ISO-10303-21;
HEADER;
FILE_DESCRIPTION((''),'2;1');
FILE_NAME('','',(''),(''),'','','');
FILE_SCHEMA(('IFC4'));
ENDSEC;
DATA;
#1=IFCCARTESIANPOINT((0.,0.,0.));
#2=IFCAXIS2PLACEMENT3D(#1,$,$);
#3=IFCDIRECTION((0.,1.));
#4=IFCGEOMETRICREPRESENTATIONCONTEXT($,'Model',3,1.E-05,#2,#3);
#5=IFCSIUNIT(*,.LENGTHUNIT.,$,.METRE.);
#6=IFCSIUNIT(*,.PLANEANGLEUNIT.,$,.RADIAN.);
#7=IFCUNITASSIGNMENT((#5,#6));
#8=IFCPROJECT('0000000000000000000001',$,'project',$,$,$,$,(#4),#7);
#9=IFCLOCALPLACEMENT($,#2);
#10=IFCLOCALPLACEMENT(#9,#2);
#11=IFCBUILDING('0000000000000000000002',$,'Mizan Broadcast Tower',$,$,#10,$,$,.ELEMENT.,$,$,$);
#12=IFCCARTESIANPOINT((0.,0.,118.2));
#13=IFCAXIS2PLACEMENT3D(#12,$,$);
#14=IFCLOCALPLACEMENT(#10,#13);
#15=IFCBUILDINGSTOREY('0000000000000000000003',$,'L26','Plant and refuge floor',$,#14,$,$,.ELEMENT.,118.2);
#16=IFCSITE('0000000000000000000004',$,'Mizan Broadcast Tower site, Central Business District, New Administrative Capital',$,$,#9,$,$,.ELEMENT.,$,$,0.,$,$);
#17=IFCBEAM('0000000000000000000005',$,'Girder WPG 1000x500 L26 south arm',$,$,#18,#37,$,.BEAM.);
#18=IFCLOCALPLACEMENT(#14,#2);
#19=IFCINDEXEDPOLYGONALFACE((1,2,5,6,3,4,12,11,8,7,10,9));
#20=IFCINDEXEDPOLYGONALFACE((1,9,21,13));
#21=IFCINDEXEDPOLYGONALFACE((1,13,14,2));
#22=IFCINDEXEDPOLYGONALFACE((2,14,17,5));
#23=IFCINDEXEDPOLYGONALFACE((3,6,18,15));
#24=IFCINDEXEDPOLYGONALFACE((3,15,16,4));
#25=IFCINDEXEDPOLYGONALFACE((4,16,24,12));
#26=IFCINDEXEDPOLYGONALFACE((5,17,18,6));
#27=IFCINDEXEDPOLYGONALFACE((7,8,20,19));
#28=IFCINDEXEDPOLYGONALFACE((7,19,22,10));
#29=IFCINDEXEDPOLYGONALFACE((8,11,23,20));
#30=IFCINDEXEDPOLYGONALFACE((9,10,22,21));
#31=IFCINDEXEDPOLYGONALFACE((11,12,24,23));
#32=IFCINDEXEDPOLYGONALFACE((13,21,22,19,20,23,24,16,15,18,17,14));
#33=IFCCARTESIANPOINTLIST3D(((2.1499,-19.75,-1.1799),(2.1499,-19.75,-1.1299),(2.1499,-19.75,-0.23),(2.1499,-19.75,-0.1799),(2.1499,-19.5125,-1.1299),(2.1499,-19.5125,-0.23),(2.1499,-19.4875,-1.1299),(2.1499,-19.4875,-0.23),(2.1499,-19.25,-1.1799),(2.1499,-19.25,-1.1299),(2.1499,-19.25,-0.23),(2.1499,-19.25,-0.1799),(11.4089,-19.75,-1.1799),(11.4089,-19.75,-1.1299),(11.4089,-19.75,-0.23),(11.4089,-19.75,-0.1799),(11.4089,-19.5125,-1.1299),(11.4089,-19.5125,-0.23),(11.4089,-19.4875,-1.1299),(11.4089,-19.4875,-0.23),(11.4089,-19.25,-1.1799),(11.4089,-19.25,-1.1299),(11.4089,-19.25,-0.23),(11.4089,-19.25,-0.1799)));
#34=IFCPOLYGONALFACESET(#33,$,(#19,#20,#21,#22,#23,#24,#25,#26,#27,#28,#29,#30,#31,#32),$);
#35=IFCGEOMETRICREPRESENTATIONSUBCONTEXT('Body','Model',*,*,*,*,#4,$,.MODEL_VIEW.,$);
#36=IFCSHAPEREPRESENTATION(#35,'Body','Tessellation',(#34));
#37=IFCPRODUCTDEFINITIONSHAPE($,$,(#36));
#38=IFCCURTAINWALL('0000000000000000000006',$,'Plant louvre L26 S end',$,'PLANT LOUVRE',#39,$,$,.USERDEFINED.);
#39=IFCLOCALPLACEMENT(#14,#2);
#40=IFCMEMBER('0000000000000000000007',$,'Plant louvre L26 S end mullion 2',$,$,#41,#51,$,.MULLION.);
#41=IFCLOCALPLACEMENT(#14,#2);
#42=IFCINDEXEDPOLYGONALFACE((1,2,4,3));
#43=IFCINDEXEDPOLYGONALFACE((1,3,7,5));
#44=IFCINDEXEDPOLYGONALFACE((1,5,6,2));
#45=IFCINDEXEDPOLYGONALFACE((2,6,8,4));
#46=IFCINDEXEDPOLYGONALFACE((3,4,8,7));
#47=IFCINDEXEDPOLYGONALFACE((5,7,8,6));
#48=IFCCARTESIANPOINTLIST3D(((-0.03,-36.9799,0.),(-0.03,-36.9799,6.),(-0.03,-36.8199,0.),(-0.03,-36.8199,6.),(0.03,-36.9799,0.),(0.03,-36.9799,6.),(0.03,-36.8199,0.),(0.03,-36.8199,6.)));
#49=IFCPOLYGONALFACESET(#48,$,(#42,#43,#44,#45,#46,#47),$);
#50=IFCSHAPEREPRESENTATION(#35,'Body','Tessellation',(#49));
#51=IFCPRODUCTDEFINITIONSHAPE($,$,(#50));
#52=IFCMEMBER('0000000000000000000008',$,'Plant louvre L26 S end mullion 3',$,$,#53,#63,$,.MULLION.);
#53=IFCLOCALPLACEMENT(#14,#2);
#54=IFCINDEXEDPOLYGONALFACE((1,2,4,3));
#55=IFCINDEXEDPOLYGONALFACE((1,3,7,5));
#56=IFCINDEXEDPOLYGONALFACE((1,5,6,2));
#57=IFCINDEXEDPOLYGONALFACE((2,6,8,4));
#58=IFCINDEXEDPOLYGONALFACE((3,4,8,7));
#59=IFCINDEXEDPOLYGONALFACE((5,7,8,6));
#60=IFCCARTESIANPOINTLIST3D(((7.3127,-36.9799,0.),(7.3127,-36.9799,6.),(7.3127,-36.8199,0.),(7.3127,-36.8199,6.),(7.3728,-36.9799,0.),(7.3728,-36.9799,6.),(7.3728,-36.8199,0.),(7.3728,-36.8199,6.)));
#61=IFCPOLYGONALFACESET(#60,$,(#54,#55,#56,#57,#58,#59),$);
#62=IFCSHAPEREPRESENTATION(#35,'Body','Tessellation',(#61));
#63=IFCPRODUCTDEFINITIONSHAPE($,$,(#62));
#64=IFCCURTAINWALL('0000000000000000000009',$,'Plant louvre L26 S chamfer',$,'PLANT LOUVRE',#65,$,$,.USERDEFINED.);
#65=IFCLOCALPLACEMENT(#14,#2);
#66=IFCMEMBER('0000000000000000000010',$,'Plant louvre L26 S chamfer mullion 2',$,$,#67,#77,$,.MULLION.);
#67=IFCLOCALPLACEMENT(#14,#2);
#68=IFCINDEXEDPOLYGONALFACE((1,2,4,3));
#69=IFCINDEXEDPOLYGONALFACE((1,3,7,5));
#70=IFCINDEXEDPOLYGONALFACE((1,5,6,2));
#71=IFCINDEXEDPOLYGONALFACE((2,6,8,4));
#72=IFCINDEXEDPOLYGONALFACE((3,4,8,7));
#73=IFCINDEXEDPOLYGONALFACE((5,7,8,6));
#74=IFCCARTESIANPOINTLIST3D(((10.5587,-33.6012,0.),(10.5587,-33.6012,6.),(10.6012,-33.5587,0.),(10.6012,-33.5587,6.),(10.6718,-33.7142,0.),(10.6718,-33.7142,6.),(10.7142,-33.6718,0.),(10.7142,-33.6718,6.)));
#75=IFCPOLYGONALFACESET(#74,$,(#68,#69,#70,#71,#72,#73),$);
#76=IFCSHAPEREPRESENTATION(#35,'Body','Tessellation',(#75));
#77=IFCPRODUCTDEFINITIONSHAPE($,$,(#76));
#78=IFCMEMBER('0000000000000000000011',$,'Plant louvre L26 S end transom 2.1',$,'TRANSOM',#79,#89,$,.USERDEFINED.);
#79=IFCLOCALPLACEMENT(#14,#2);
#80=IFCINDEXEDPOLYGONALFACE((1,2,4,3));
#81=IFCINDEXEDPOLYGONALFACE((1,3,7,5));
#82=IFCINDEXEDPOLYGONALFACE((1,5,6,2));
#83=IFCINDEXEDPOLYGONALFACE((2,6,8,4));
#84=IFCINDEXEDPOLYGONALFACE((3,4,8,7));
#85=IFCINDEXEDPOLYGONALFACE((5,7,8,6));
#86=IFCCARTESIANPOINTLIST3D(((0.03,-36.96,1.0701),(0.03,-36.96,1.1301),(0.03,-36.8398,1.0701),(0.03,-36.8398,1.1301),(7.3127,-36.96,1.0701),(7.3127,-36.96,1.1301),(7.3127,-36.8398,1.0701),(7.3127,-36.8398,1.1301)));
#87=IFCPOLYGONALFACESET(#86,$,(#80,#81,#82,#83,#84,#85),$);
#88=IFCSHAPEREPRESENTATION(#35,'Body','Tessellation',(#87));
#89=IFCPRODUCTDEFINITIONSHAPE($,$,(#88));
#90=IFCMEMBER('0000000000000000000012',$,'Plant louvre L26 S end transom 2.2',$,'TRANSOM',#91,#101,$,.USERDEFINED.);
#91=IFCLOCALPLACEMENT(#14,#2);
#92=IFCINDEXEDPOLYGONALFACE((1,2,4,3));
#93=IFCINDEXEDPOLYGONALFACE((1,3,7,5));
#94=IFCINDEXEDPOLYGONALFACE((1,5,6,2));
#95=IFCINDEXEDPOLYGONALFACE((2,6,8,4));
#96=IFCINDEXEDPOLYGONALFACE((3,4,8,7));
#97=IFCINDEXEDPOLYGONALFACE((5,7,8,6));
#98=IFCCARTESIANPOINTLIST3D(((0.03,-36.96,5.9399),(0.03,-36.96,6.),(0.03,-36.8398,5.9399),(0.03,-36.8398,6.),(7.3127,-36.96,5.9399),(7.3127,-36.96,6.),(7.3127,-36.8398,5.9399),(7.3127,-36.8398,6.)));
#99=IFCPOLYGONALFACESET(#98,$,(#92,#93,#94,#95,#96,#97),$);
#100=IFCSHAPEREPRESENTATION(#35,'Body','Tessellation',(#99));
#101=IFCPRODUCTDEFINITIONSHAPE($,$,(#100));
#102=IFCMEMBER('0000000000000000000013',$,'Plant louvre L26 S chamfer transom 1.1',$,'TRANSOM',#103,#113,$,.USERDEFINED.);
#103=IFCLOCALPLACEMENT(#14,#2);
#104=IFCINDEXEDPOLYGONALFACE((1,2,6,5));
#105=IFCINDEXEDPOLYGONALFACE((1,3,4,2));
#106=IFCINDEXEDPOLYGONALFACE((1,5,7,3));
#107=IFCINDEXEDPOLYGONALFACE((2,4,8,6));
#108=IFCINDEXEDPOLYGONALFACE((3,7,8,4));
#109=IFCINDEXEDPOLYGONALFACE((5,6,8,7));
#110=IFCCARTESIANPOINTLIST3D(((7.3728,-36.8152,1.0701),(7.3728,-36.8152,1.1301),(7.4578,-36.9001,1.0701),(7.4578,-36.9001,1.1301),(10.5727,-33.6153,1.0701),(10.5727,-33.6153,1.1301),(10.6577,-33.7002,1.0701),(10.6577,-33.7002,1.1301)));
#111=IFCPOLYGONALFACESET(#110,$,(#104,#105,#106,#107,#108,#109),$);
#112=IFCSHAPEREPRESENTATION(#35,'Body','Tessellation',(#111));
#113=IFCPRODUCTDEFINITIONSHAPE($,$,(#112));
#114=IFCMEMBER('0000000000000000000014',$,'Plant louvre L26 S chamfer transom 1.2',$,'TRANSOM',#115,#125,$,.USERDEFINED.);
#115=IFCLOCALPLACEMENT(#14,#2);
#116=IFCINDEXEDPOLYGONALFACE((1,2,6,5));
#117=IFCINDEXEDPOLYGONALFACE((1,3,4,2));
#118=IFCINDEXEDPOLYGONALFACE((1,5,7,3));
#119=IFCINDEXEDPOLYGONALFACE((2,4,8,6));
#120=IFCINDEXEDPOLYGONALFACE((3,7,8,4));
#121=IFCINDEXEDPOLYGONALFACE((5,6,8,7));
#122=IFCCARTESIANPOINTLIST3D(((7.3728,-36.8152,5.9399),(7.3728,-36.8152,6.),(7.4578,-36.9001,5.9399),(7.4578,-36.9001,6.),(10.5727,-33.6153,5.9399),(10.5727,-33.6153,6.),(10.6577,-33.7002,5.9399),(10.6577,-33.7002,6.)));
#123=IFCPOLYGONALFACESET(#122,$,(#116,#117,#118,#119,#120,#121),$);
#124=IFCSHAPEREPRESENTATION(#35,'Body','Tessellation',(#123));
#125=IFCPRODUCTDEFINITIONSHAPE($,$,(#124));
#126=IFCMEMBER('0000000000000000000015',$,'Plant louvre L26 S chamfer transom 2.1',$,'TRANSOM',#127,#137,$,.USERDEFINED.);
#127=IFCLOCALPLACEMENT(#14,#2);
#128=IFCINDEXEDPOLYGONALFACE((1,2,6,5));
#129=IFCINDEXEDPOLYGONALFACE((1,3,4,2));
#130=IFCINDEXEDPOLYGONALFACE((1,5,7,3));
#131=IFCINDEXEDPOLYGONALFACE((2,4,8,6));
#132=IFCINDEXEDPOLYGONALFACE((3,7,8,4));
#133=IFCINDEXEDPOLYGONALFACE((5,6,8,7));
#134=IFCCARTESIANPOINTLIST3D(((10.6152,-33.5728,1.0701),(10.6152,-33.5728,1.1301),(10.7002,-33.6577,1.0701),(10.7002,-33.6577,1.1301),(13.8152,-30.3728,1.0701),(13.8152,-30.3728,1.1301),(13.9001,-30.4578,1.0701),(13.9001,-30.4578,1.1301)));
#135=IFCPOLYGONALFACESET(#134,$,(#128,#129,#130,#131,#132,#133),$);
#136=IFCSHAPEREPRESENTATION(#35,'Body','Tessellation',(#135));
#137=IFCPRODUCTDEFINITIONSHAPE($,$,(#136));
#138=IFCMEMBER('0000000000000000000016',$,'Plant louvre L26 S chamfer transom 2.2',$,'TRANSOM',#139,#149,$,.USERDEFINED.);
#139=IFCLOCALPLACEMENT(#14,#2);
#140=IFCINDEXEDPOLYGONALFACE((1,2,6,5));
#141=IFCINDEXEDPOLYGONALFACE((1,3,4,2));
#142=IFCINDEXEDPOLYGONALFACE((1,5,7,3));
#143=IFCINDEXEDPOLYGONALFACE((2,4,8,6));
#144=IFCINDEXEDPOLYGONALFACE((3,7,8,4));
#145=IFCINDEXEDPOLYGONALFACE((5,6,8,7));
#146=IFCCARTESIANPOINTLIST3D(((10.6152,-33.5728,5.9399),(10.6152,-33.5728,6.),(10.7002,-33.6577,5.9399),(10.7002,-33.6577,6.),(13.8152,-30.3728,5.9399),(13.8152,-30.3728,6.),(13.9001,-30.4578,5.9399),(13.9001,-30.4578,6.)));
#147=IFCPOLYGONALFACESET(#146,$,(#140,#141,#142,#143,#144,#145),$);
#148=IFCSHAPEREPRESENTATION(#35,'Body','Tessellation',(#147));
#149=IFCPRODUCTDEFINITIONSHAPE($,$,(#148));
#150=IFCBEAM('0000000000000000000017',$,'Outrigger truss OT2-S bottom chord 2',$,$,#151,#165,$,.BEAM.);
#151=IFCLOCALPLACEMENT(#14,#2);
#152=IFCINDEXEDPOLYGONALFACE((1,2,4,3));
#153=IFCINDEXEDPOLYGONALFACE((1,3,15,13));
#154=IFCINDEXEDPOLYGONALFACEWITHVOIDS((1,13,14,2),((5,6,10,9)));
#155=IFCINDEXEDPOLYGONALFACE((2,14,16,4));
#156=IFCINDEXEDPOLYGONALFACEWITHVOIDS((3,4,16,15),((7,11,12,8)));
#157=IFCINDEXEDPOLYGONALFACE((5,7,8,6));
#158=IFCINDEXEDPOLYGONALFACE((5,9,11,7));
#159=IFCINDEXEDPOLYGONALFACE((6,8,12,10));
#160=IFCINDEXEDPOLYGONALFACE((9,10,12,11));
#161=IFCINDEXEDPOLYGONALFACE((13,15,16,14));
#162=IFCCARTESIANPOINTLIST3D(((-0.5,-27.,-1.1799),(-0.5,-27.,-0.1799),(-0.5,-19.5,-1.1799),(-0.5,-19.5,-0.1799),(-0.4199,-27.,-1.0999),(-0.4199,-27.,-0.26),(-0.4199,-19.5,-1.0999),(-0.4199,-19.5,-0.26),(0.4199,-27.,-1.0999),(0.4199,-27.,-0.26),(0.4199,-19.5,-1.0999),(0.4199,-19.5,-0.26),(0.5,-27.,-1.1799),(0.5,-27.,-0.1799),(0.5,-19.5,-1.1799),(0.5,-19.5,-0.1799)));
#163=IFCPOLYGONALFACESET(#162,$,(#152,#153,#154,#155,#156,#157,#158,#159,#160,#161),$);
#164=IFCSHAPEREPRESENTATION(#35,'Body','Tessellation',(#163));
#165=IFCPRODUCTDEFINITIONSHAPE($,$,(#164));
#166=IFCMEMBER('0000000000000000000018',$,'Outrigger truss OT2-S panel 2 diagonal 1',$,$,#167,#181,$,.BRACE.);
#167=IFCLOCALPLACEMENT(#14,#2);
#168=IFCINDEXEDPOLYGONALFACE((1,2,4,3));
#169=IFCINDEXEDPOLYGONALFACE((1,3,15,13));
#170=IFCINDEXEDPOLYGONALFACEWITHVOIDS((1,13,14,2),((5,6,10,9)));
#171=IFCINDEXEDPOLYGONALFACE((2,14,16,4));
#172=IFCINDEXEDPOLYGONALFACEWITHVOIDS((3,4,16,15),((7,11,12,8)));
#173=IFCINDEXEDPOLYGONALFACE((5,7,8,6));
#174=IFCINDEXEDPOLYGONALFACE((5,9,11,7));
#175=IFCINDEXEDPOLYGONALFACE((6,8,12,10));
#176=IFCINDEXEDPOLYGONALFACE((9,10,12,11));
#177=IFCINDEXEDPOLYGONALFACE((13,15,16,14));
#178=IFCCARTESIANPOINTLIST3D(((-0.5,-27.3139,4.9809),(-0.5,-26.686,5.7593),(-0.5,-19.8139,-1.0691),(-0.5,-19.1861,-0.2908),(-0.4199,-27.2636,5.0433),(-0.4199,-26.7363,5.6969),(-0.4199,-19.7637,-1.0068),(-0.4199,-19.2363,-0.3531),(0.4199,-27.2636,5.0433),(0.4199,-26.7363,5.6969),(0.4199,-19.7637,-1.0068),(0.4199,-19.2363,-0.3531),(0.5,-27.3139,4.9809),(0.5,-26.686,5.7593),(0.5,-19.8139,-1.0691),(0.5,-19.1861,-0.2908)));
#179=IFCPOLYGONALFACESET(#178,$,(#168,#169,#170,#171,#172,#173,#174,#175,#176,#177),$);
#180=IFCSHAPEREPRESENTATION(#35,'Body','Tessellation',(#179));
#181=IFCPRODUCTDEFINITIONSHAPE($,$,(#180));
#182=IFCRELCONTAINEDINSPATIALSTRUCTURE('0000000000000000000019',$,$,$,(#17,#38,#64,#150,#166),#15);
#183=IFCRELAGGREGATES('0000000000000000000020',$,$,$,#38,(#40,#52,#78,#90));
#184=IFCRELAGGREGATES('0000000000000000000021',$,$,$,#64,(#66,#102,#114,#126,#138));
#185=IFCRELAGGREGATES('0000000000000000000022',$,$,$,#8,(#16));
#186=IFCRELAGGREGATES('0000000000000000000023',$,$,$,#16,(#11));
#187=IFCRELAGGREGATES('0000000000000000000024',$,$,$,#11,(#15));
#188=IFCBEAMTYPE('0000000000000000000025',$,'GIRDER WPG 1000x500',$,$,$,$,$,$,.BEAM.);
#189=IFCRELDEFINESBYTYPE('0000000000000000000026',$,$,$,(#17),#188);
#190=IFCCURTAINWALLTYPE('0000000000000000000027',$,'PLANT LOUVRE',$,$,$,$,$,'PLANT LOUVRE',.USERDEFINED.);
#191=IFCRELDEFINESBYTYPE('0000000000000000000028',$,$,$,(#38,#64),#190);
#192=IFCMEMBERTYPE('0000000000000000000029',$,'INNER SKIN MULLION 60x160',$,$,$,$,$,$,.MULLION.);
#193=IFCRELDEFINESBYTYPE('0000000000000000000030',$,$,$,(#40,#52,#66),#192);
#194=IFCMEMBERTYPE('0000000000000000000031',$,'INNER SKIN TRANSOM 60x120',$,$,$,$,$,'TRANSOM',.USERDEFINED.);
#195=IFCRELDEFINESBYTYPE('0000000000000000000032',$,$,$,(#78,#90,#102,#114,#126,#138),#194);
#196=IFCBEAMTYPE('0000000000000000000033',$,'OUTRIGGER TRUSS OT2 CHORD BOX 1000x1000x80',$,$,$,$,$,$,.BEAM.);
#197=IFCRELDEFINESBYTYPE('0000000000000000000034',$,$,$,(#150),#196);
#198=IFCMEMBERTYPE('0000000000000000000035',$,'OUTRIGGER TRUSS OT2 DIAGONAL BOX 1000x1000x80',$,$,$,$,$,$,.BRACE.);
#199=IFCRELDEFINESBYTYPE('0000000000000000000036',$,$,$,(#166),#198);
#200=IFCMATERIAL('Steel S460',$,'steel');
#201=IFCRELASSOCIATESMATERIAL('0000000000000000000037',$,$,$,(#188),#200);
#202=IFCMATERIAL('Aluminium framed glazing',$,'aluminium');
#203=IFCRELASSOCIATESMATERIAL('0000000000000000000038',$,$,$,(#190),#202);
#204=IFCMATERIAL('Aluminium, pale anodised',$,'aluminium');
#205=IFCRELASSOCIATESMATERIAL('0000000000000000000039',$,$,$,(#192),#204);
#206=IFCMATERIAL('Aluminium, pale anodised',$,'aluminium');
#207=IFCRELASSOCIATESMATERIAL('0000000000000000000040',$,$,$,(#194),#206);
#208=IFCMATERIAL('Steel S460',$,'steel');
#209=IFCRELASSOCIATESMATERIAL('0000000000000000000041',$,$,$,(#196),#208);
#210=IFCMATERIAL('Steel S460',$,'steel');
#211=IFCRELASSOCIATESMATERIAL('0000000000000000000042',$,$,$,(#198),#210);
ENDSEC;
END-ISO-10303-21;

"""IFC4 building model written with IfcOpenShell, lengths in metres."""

from ifc_helpers import new_model, si_unit, direction, frame, origin, origin_2d, place, context, subcontext, project, spatial, rectangle, hollow_rectangle, i_section, extrude, material, material_profile, profile_set, type_object, element, aggregate, save


model = new_model("IFC4")

# Units and contexts
model_context = context("Model", 3, precision=1e-05, world=origin(), true_north=direction((0.0, 1.0)))
body_context = subcontext(model_context, "Body", "Model", "MODEL_VIEW")
ifc_project = project(units=[si_unit("LENGTHUNIT", "METRE"), si_unit("PLANEANGLEUNIT", "RADIAN")], contexts=[model_context])

# Site, building, storey
site_placement = place(None, origin())
site = spatial("IfcSite", under=ifc_project, at=site_placement, Name="Mizan Broadcast Tower site, Central Business District, New Administrative Capital", CompositionType="ELEMENT", RefElevation=0.0)
building_placement = place(site_placement, origin())
building = spatial("IfcBuilding", under=site, at=building_placement, Name="Mizan Broadcast Tower", CompositionType="ELEMENT")
storey_placement = place(building_placement, frame((0.0, 0.0, 118.2)))
storey = spatial("IfcBuildingStorey", under=building, at=storey_placement, Name="L26", Description="Plant and refuge floor", CompositionType="ELEMENT", Elevation=118.2)

# Beam
ifc_material_1 = material(Name="Steel S460", Category="steel")
ifc_material_profile_1 = material_profile(ifc_material_1, i_section(OverallWidth=0.5, OverallDepth=1.0, WebThickness=0.0249, FlangeThickness=0.05, at=origin_2d()), Name="WPG 1000x500")
ifc_profile_set_1 = profile_set([ifc_material_profile_1], Name="Steel S460")
beam_type_1 = type_object("IfcBeamType", Name="GIRDER WPG 1000x500", PredefinedType="BEAM", material=ifc_profile_set_1)
beam_1_placement = place(storey_placement, frame((11.4089, -19.5, -0.6799), z_axis=(-1.0, 0.0, 0.0), x_axis=(0.0, -1.0, 0.0)))
element("IfcBeam", 1, at=beam_1_placement, inside=storey, type_object=beam_type_1, Name="Girder WPG 1000x500 L26 south arm", PredefinedType="BEAM", context=body_context, shape_type="SweptSolid", body=[
    extrude(i_section(OverallWidth=0.5, OverallDepth=1.0, WebThickness=0.0249, FlangeThickness=0.05, at=origin_2d()), origin(), (0.0, 0.0, 1.0), 9.259),
])

# Curtain wall, members
ifc_material_2 = material(Name="Aluminium framed glazing", Category="aluminium")
curtain_wall_type = type_object("IfcCurtainWallType", Name="PLANT LOUVRE", ElementType="PLANT LOUVRE", PredefinedType="USERDEFINED", material=ifc_material_2)
curtain_wall_1_placement = place(storey_placement, origin())
curtain_wall_1 = element("IfcCurtainWall", 2, at=curtain_wall_1_placement, inside=storey, type_object=curtain_wall_type, Name="Plant louvre L26 S end", ObjectType="PLANT LOUVRE", PredefinedType="USERDEFINED")
ifc_material_3 = material(Name="Aluminium, pale anodised", Category="aluminium")
ifc_material_profile_2 = material_profile(ifc_material_3, rectangle(XDim=0.1599, YDim=0.0601, at=origin_2d()), Name="MULLION 160x60")
ifc_profile_set_2 = profile_set([ifc_material_profile_2], Name="Aluminium, pale anodised")
member_type_1 = type_object("IfcMemberType", Name="INNER SKIN MULLION 60x160", PredefinedType="MULLION", material=ifc_profile_set_2)
member_1_placement = place(storey_placement, frame((0.0, -36.8999, 0.0), z_axis=(0.0, 0.0, 1.0), x_axis=(0.0, 1.0, 0.0)))
member_1 = element("IfcMember", 3, at=member_1_placement, type_object=member_type_1, Name="Plant louvre L26 S end mullion 2", PredefinedType="MULLION", context=body_context, shape_type="SweptSolid", body=[
    extrude(rectangle(XDim=0.1599, YDim=0.0601, at=origin_2d()), origin(), (0.0, 0.0, 1.0), 6.0),
])
member_2_placement = place(storey_placement, frame((7.3428, -36.8999, 0.0), z_axis=(0.0, 0.0, 1.0), x_axis=(0.0, 1.0, 0.0)))
member_2 = element("IfcMember", 4, at=member_2_placement, type_object=member_type_1, Name="Plant louvre L26 S end mullion 3", PredefinedType="MULLION", context=body_context, shape_type="SweptSolid", body=[
    extrude(rectangle(XDim=0.1599, YDim=0.0601, at=origin_2d()), origin(), (0.0, 0.0, 1.0), 6.0),
])

# Curtain wall, member
curtain_wall_2_placement = place(storey_placement, origin())
curtain_wall_2 = element("IfcCurtainWall", 5, at=curtain_wall_2_placement, inside=storey, type_object=curtain_wall_type, Name="Plant louvre L26 S chamfer", ObjectType="PLANT LOUVRE", PredefinedType="USERDEFINED")
member_3_placement = place(storey_placement, frame((10.6365, -33.6365, 0.0), z_axis=(0.0, 0.0, 1.0), x_axis=(-0.707107, 0.707107, 0.0)))
member_3 = element("IfcMember", 6, at=member_3_placement, type_object=member_type_1, Name="Plant louvre L26 S chamfer mullion 2", PredefinedType="MULLION", context=body_context, shape_type="SweptSolid", body=[
    extrude(rectangle(XDim=0.1599, YDim=0.0601, at=origin_2d()), origin(), (0.0, 0.0, 1.0), 6.0),
])

# Members
ifc_material_4 = material(Name="Aluminium, pale anodised", Category="aluminium")
ifc_material_profile_3 = material_profile(ifc_material_4, rectangle(XDim=0.1201, YDim=0.0601, at=origin_2d()), Name="TRANSOM 120x60")
ifc_profile_set_3 = profile_set([ifc_material_profile_3], Name="Aluminium, pale anodised")
member_type_2 = type_object("IfcMemberType", Name="INNER SKIN TRANSOM 60x120", ElementType="TRANSOM", PredefinedType="USERDEFINED", material=ifc_profile_set_3)
member_4_placement = place(storey_placement, frame((0.03, -36.8999, 1.1001), z_axis=(1.0, 0.0, 0.0), x_axis=(0.0, 1.0, 0.0)))
member_4 = element("IfcMember", 7, at=member_4_placement, type_object=member_type_2, Name="Plant louvre L26 S end transom 2.1", ObjectType="TRANSOM", PredefinedType="USERDEFINED", context=body_context, shape_type="SweptSolid", body=[
    extrude(rectangle(XDim=0.1201, YDim=0.0601, at=origin_2d()), origin(), (0.0, 0.0, 1.0), 7.2827),
])
member_5_placement = place(storey_placement, frame((0.03, -36.8999, 5.97), z_axis=(1.0, 0.0, 0.0), x_axis=(0.0, 1.0, 0.0)))
member_5 = element("IfcMember", 8, at=member_5_placement, type_object=member_type_2, Name="Plant louvre L26 S end transom 2.2", ObjectType="TRANSOM", PredefinedType="USERDEFINED", context=body_context, shape_type="SweptSolid", body=[
    extrude(rectangle(XDim=0.1201, YDim=0.0601, at=origin_2d()), origin(), (0.0, 0.0, 1.0), 7.2827),
])
member_6_placement = place(storey_placement, frame((7.4153, -36.8577, 1.1001), z_axis=(0.707107, 0.707107, 0.0), x_axis=(-0.707107, 0.707107, 0.0)))
member_6 = element("IfcMember", 9, at=member_6_placement, type_object=member_type_2, Name="Plant louvre L26 S chamfer transom 1.1", ObjectType="TRANSOM", PredefinedType="USERDEFINED", context=body_context, shape_type="SweptSolid", body=[
    extrude(rectangle(XDim=0.1201, YDim=0.0601, at=origin_2d()), origin(), (0.0, 0.0, 1.0), 4.5254),
])
member_7_placement = place(storey_placement, frame((7.4153, -36.8577, 5.97), z_axis=(0.707107, 0.707107, 0.0), x_axis=(-0.707107, 0.707107, 0.0)))
member_7 = element("IfcMember", 10, at=member_7_placement, type_object=member_type_2, Name="Plant louvre L26 S chamfer transom 1.2", ObjectType="TRANSOM", PredefinedType="USERDEFINED", context=body_context, shape_type="SweptSolid", body=[
    extrude(rectangle(XDim=0.1201, YDim=0.0601, at=origin_2d()), origin(), (0.0, 0.0, 1.0), 4.5254),
])
member_8_placement = place(storey_placement, frame((10.6577, -33.6152, 1.1001), z_axis=(0.707107, 0.707107, 0.0), x_axis=(-0.707107, 0.707107, 0.0)))
member_8 = element("IfcMember", 11, at=member_8_placement, type_object=member_type_2, Name="Plant louvre L26 S chamfer transom 2.1", ObjectType="TRANSOM", PredefinedType="USERDEFINED", context=body_context, shape_type="SweptSolid", body=[
    extrude(rectangle(XDim=0.1201, YDim=0.0601, at=origin_2d()), origin(), (0.0, 0.0, 1.0), 4.5254),
])
member_9_placement = place(storey_placement, frame((10.6577, -33.6152, 5.97), z_axis=(0.707107, 0.707107, 0.0), x_axis=(-0.707107, 0.707107, 0.0)))
member_9 = element("IfcMember", 12, at=member_9_placement, type_object=member_type_2, Name="Plant louvre L26 S chamfer transom 2.2", ObjectType="TRANSOM", PredefinedType="USERDEFINED", context=body_context, shape_type="SweptSolid", body=[
    extrude(rectangle(XDim=0.1201, YDim=0.0601, at=origin_2d()), origin(), (0.0, 0.0, 1.0), 4.5254),
])

# Beam
ifc_material_5 = material(Name="Steel S460", Category="steel")
ifc_material_profile_4 = material_profile(ifc_material_5, hollow_rectangle(XDim=1.0, YDim=1.0, WallThickness=0.0801, at=origin_2d()), Name="BOX 1000x1000x80")
ifc_profile_set_4 = profile_set([ifc_material_profile_4], Name="Steel S460")
beam_type_2 = type_object("IfcBeamType", Name="OUTRIGGER TRUSS OT2 CHORD BOX 1000x1000x80", PredefinedType="BEAM", material=ifc_profile_set_4)
beam_2_placement = place(storey_placement, frame((0.0, -19.5, -0.6799), z_axis=(0.0, -1.0, 0.0), x_axis=(1.0, 0.0, 0.0)))
element("IfcBeam", 13, at=beam_2_placement, inside=storey, type_object=beam_type_2, Name="Outrigger truss OT2-S bottom chord 2", PredefinedType="BEAM", context=body_context, shape_type="SweptSolid", body=[
    extrude(hollow_rectangle(XDim=1.0, YDim=1.0, WallThickness=0.0801, at=origin_2d()), origin(), (0.0, 0.0, 1.0), 7.5),
])

# Member
ifc_material_6 = material(Name="Steel S460", Category="steel")
ifc_material_profile_5 = material_profile(ifc_material_6, hollow_rectangle(XDim=1.0, YDim=1.0, WallThickness=0.0801, at=origin_2d()), Name="BOX 1000x1000x80")
ifc_profile_set_5 = profile_set([ifc_material_profile_5], Name="Steel S460")
member_type_3 = type_object("IfcMemberType", Name="OUTRIGGER TRUSS OT2 DIAGONAL BOX 1000x1000x80", PredefinedType="BRACE", material=ifc_profile_set_5)
for number, where, z_axis, x_axis, name in (
    (14, (0.0, -19.5, -0.6799), (0.0, -0.778329, 0.627857), (1.0, 0.0, 0.0), "Outrigger truss OT2-S panel 2 diagonal 1"),
):
    element("IfcMember", number, at=place(storey_placement, frame(where, z_axis=z_axis, x_axis=x_axis)), inside=storey, type_object=member_type_3, Name=name, PredefinedType="BRACE", context=body_context, shape_type="SweptSolid", body=[
        extrude(hollow_rectangle(XDim=1.0, YDim=1.0, WallThickness=0.0801, at=origin_2d()), origin(), (0.0, 0.0, 1.0), 9.636),
    ])

aggregate(curtain_wall_1, [member_1, member_2, member_4, member_5])
aggregate(curtain_wall_2, [member_3, member_6, member_7, member_8, member_9])

save(model, "model.ifc")
